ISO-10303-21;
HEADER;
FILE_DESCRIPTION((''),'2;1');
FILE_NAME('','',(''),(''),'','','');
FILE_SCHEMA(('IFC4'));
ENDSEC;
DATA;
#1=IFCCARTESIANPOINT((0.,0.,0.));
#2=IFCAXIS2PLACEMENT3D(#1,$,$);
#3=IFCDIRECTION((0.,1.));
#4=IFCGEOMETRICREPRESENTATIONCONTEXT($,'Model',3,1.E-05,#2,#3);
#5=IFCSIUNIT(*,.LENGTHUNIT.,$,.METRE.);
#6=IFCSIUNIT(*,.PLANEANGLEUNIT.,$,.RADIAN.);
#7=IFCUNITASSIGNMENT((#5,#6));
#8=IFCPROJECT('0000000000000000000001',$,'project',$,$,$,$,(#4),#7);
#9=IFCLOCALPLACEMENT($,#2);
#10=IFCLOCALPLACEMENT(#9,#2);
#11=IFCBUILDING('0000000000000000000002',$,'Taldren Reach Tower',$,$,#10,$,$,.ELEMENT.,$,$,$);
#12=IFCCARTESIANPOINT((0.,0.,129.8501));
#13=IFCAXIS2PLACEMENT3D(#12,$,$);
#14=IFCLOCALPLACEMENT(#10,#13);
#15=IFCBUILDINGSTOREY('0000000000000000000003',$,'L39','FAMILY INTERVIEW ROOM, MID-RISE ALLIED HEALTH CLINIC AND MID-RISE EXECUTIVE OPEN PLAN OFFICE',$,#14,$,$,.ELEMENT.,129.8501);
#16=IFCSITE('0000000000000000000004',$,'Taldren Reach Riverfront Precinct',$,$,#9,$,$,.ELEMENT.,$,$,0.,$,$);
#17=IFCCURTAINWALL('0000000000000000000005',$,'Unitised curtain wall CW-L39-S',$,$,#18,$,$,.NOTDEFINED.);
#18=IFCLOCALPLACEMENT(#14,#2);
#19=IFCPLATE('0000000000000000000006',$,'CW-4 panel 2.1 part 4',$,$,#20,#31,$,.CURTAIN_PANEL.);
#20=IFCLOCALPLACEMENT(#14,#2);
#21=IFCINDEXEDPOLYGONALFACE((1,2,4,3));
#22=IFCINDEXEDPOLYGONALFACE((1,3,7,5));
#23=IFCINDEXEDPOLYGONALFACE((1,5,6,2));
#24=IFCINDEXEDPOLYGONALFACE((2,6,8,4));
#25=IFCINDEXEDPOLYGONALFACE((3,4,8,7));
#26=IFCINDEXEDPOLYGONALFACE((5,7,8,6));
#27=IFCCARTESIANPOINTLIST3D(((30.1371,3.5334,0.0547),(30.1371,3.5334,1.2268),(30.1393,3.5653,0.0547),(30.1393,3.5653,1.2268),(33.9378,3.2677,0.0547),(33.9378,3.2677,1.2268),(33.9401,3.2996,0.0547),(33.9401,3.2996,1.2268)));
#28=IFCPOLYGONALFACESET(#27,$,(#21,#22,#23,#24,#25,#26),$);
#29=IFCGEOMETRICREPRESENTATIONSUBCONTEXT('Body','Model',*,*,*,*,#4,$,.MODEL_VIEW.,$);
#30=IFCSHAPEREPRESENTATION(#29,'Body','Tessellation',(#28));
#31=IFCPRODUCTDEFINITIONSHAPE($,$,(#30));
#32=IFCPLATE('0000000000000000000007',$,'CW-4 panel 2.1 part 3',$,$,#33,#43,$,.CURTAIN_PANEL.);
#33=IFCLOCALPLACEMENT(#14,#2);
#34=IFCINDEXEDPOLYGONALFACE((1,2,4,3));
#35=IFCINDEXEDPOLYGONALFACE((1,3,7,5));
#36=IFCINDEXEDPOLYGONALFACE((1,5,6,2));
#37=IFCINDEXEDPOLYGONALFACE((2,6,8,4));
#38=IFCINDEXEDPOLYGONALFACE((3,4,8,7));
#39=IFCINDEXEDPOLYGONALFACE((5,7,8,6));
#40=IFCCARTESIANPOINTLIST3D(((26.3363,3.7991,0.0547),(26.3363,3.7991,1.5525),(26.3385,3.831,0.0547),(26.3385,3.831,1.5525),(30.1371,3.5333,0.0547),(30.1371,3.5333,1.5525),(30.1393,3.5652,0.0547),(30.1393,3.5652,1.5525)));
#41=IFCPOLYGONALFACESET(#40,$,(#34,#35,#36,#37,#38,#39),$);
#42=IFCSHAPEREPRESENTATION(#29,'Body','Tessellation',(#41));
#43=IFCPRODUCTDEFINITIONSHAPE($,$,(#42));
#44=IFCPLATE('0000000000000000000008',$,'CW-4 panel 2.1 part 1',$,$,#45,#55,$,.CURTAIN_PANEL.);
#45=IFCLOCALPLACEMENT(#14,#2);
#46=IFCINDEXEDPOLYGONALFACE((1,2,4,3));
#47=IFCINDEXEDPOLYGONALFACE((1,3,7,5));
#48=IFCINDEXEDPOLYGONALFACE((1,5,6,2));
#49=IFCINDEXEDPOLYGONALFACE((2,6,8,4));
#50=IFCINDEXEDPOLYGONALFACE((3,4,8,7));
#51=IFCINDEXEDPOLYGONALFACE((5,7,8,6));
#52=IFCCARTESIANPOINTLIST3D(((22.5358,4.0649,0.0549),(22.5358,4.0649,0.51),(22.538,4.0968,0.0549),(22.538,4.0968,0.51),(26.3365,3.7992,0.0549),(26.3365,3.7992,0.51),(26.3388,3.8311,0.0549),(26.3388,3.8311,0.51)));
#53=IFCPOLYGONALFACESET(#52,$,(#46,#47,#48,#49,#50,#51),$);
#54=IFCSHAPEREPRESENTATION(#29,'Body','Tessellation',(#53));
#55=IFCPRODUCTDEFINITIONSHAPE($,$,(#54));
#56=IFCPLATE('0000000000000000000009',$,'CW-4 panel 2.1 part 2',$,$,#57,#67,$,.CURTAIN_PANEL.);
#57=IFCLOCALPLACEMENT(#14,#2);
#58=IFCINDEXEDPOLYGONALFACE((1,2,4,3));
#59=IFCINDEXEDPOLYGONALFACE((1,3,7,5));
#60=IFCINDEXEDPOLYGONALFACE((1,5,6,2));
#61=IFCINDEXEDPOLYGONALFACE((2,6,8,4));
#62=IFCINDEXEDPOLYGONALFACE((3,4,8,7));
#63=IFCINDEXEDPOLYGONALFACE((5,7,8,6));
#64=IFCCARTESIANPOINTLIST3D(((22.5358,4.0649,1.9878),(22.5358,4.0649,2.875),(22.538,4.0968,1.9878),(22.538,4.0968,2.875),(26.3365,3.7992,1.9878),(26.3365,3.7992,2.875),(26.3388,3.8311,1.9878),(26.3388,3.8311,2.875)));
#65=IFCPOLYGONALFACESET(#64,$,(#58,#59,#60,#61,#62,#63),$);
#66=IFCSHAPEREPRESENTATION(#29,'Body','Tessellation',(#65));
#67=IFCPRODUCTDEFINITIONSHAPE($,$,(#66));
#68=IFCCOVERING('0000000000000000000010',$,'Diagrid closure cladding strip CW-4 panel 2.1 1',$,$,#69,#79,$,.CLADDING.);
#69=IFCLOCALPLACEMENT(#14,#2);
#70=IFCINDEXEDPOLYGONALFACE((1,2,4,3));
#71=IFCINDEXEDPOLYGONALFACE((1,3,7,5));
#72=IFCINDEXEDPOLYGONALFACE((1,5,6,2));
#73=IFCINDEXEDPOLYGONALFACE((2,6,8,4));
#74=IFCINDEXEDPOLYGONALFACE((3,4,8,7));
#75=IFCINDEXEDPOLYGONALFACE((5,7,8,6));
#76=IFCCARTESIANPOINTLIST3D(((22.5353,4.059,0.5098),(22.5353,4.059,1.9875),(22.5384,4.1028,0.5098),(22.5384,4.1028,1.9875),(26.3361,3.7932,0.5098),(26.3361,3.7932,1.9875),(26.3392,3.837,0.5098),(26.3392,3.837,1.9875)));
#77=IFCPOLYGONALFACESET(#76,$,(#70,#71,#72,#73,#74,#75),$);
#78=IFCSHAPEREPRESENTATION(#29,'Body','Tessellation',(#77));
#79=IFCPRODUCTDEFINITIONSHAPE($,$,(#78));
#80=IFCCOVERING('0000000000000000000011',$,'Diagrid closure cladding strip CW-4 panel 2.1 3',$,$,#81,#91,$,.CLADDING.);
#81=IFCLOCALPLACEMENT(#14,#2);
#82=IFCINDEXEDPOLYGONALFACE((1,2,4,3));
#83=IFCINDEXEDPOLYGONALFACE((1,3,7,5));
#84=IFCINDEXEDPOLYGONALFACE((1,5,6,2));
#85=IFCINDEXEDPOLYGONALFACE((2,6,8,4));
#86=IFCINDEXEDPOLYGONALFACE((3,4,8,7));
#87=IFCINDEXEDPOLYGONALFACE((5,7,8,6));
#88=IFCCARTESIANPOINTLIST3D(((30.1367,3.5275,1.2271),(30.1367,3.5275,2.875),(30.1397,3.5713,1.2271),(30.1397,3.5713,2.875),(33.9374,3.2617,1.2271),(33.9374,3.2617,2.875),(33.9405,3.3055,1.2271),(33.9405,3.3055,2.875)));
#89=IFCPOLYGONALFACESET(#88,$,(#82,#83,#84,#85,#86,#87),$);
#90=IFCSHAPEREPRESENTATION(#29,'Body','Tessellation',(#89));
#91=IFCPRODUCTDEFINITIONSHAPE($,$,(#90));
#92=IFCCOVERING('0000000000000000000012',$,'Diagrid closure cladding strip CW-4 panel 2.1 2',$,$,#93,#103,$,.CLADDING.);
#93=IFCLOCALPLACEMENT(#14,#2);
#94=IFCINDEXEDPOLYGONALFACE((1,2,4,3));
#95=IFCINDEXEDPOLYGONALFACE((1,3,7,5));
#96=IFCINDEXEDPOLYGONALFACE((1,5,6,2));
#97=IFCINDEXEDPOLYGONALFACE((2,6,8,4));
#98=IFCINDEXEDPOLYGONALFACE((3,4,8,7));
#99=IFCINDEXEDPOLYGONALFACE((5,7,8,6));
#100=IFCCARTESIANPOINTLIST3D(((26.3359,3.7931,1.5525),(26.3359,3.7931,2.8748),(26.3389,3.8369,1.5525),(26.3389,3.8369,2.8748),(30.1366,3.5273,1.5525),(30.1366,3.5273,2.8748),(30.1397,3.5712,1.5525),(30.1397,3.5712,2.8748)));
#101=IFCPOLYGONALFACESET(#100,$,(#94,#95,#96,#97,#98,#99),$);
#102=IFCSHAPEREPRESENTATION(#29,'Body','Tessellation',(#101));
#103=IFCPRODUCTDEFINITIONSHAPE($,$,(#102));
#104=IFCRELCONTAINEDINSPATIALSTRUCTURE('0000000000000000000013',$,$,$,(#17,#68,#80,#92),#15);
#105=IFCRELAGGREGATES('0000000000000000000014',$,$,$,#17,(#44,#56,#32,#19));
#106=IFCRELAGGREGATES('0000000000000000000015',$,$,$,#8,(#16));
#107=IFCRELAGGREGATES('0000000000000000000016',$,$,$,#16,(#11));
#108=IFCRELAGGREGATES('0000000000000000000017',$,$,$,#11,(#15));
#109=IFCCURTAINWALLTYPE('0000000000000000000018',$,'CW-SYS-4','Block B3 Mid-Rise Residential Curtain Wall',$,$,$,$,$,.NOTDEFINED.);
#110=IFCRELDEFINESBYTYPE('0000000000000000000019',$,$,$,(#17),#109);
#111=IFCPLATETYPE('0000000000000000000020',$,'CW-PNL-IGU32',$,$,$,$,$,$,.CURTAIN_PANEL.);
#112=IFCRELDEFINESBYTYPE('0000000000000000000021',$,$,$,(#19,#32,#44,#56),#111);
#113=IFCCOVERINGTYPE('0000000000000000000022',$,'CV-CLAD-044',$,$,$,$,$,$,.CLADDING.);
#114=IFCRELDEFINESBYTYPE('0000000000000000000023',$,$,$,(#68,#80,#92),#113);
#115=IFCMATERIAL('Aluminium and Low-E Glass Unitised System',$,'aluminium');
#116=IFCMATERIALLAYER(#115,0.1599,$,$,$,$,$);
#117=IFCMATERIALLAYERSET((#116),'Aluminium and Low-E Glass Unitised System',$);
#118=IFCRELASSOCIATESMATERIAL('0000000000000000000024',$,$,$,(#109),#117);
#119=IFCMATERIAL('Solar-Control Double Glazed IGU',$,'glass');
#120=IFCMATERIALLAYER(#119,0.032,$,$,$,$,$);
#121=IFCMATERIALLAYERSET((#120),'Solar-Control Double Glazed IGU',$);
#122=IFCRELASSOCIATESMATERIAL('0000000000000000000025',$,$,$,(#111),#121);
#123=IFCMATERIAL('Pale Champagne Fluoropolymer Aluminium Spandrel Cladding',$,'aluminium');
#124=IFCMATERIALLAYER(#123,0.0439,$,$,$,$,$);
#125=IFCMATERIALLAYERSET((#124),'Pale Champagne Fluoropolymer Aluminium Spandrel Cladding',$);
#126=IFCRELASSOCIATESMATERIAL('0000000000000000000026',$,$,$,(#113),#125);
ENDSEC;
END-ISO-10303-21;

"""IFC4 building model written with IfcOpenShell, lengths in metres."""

from ifc_helpers import new_model, si_unit, direction, frame, origin, origin_2d, place, context, subcontext, project, spatial, rectangle, extrude, source, transform, mapped, material, layer, layer_set, type_object, element, aggregate, save


model = new_model("IFC4")

# Units and contexts
model_context = context("Model", 3, precision=1e-05, world=origin(), true_north=direction((0.0, 1.0)))
body_context = subcontext(model_context, "Body", "Model", "MODEL_VIEW")
ifc_project = project(units=[si_unit("LENGTHUNIT", "METRE"), si_unit("PLANEANGLEUNIT", "RADIAN")], contexts=[model_context])

# Site, building, storey
site_placement = place(None, origin())
site = spatial("IfcSite", under=ifc_project, at=site_placement, Name="Taldren Reach Riverfront Precinct", CompositionType="ELEMENT", RefElevation=0.0)
building_placement = place(site_placement, origin())
building = spatial("IfcBuilding", under=site, at=building_placement, Name="Taldren Reach Tower", CompositionType="ELEMENT")
storey_placement = place(building_placement, frame((0.0, 0.0, 129.8501)))
storey = spatial("IfcBuildingStorey", under=building, at=storey_placement, Name="L39", Description="FAMILY INTERVIEW ROOM, MID-RISE ALLIED HEALTH CLINIC AND MID-RISE EXECUTIVE OPEN PLAN OFFICE", CompositionType="ELEMENT", Elevation=129.8501)

# Curtain wall
ifc_material_1 = material(Name="Aluminium and Low-E Glass Unitised System", Category="aluminium")
ifc_layer_1 = layer(ifc_material_1, 0.1599)
ifc_layer_set_1 = layer_set([ifc_layer_1], Name="Aluminium and Low-E Glass Unitised System")
curtain_wall_type = type_object("IfcCurtainWallType", Name="CW-SYS-4", Description="Block B3 Mid-Rise Residential Curtain Wall", PredefinedType="NOTDEFINED", material=ifc_layer_set_1)
curtain_wall_placement = place(storey_placement, origin())
curtain_wall = element("IfcCurtainWall", 1, at=curtain_wall_placement, inside=storey, type_object=curtain_wall_type, Name="Unitised curtain wall CW-L39-S", PredefinedType="NOTDEFINED")

# Plates
ifc_material_2 = material(Name="Solar-Control Double Glazed IGU", Category="glass")
ifc_layer_2 = layer(ifc_material_2, 0.032)
ifc_layer_set_2 = layer_set([ifc_layer_2], Name="Solar-Control Double Glazed IGU")
plate_type_1 = type_object("IfcPlateType", Name="CW-PNL-IGU32", PredefinedType="CURTAIN_PANEL", material=ifc_layer_set_2)
shared_shape_1 = source(origin(), body_context, "Body", "SweptSolid", [
    extrude(rectangle(XDim=3.8101, YDim=0.032, at=origin_2d()), origin(), (0.0, 0.0, 1.0), 1.1721),
])
plate_1_placement = place(storey_placement, frame((32.0386, 3.4165, 0.0547), z_axis=(0.0, 0.0, 1.0), x_axis=(0.997564, -0.069757, 0.0)))
plate_1 = element("IfcPlate", 2, at=plate_1_placement, type_object=plate_type_1, Name="CW-4 panel 2.1 part 4", PredefinedType="CURTAIN_PANEL", context=body_context, shape_type="MappedRepresentation", body=[
    mapped(shared_shape_1, transform((0.0, 0.0, 0.0), scale=1.0)),
])
shared_shape_2 = source(origin(), body_context, "Body", "SweptSolid", [
    extrude(rectangle(XDim=3.8101, YDim=0.032, at=origin_2d()), origin(), (0.0, 0.0, 1.0), 1.4978),
])
plate_2_placement = place(storey_placement, frame((28.2378, 3.6821, 0.0547), z_axis=(0.0, 0.0, 1.0), x_axis=(0.997564, -0.069757, 0.0)))
plate_2 = element("IfcPlate", 3, at=plate_2_placement, type_object=plate_type_1, Name="CW-4 panel 2.1 part 3", PredefinedType="CURTAIN_PANEL", context=body_context, shape_type="MappedRepresentation", body=[
    mapped(shared_shape_2, transform((0.0, 0.0, 0.0), scale=1.0)),
])
shared_shape_3 = source(origin(), body_context, "Body", "SweptSolid", [
    extrude(rectangle(XDim=3.8101, YDim=0.032, at=origin_2d()), origin(), (0.0, 0.0, 1.0), 0.4551),
])
plate_3_placement = place(storey_placement, frame((24.4373, 3.948, 0.0549), z_axis=(0.0, 0.0, 1.0), x_axis=(0.997564, -0.069757, 0.0)))
plate_3 = element("IfcPlate", 4, at=plate_3_placement, type_object=plate_type_1, Name="CW-4 panel 2.1 part 1", PredefinedType="CURTAIN_PANEL", context=body_context, shape_type="MappedRepresentation", body=[
    mapped(shared_shape_3, transform((0.0, 0.0, 0.0), scale=1.0)),
])
shared_shape_4 = source(origin(), body_context, "Body", "SweptSolid", [
    extrude(rectangle(XDim=3.8101, YDim=0.032, at=origin_2d()), origin(), (0.0, 0.0, 1.0), 0.8872),
])
plate_4_placement = place(storey_placement, frame((24.4373, 3.948, 1.9878), z_axis=(0.0, 0.0, 1.0), x_axis=(0.997564, -0.069757, 0.0)))
plate_4 = element("IfcPlate", 5, at=plate_4_placement, type_object=plate_type_1, Name="CW-4 panel 2.1 part 2", PredefinedType="CURTAIN_PANEL", context=body_context, shape_type="MappedRepresentation", body=[
    mapped(shared_shape_4, transform((0.0, 0.0, 0.0), scale=1.0)),
])
aggregate(curtain_wall, [plate_3, plate_4, plate_2, plate_1])

# Coverings
ifc_material_3 = material(Name="Pale Champagne Fluoropolymer Aluminium Spandrel Cladding", Category="aluminium")
ifc_layer_3 = layer(ifc_material_3, 0.0439)
ifc_layer_set_3 = layer_set([ifc_layer_3], Name="Pale Champagne Fluoropolymer Aluminium Spandrel Cladding")
covering_type = type_object("IfcCoveringType", Name="CV-CLAD-044", PredefinedType="CLADDING", material=ifc_layer_set_3)
shared_shape_5 = source(origin(), body_context, "Body", "SweptSolid", [
    extrude(rectangle(XDim=3.8101, YDim=0.0439, at=origin_2d()), origin(), (0.0, 0.0, 1.0), 1.4778),
])
covering_1_placement = place(storey_placement, frame((24.4373, 3.948, 0.5098), z_axis=(0.0, 0.0, 1.0), x_axis=(0.997564, -0.069757, 0.0)))
element("IfcCovering", 6, at=covering_1_placement, inside=storey, type_object=covering_type, Name="Diagrid closure cladding strip CW-4 panel 2.1 1", PredefinedType="CLADDING", context=body_context, shape_type="MappedRepresentation", body=[
    mapped(shared_shape_5, transform((0.0, 0.0, 0.0), scale=1.0)),
])
shared_shape_6 = source(origin(), body_context, "Body", "SweptSolid", [
    extrude(rectangle(XDim=3.8101, YDim=0.0439, at=origin_2d()), origin(), (0.0, 0.0, 1.0), 1.6479),
])
covering_2_placement = place(storey_placement, frame((32.0386, 3.4165, 1.2271), z_axis=(0.0, 0.0, 1.0), x_axis=(0.997564, -0.069757, 0.0)))
element("IfcCovering", 7, at=covering_2_placement, inside=storey, type_object=covering_type, Name="Diagrid closure cladding strip CW-4 panel 2.1 3", PredefinedType="CLADDING", context=body_context, shape_type="MappedRepresentation", body=[
    mapped(shared_shape_6, transform((0.0, 0.0, 0.0), scale=1.0)),
])
shared_shape_7 = source(origin(), body_context, "Body", "SweptSolid", [
    extrude(rectangle(XDim=3.8101, YDim=0.0439, at=origin_2d()), origin(), (0.0, 0.0, 1.0), 1.3223),
])
covering_3_placement = place(storey_placement, frame((28.2378, 3.6821, 1.5525), z_axis=(0.0, 0.0, 1.0), x_axis=(0.997564, -0.069757, 0.0)))
element("IfcCovering", 8, at=covering_3_placement, inside=storey, type_object=covering_type, Name="Diagrid closure cladding strip CW-4 panel 2.1 2", PredefinedType="CLADDING", context=body_context, shape_type="MappedRepresentation", body=[
    mapped(shared_shape_7, transform((0.0, 0.0, 0.0), scale=1.0)),
])

save(model, "model.ifc")
